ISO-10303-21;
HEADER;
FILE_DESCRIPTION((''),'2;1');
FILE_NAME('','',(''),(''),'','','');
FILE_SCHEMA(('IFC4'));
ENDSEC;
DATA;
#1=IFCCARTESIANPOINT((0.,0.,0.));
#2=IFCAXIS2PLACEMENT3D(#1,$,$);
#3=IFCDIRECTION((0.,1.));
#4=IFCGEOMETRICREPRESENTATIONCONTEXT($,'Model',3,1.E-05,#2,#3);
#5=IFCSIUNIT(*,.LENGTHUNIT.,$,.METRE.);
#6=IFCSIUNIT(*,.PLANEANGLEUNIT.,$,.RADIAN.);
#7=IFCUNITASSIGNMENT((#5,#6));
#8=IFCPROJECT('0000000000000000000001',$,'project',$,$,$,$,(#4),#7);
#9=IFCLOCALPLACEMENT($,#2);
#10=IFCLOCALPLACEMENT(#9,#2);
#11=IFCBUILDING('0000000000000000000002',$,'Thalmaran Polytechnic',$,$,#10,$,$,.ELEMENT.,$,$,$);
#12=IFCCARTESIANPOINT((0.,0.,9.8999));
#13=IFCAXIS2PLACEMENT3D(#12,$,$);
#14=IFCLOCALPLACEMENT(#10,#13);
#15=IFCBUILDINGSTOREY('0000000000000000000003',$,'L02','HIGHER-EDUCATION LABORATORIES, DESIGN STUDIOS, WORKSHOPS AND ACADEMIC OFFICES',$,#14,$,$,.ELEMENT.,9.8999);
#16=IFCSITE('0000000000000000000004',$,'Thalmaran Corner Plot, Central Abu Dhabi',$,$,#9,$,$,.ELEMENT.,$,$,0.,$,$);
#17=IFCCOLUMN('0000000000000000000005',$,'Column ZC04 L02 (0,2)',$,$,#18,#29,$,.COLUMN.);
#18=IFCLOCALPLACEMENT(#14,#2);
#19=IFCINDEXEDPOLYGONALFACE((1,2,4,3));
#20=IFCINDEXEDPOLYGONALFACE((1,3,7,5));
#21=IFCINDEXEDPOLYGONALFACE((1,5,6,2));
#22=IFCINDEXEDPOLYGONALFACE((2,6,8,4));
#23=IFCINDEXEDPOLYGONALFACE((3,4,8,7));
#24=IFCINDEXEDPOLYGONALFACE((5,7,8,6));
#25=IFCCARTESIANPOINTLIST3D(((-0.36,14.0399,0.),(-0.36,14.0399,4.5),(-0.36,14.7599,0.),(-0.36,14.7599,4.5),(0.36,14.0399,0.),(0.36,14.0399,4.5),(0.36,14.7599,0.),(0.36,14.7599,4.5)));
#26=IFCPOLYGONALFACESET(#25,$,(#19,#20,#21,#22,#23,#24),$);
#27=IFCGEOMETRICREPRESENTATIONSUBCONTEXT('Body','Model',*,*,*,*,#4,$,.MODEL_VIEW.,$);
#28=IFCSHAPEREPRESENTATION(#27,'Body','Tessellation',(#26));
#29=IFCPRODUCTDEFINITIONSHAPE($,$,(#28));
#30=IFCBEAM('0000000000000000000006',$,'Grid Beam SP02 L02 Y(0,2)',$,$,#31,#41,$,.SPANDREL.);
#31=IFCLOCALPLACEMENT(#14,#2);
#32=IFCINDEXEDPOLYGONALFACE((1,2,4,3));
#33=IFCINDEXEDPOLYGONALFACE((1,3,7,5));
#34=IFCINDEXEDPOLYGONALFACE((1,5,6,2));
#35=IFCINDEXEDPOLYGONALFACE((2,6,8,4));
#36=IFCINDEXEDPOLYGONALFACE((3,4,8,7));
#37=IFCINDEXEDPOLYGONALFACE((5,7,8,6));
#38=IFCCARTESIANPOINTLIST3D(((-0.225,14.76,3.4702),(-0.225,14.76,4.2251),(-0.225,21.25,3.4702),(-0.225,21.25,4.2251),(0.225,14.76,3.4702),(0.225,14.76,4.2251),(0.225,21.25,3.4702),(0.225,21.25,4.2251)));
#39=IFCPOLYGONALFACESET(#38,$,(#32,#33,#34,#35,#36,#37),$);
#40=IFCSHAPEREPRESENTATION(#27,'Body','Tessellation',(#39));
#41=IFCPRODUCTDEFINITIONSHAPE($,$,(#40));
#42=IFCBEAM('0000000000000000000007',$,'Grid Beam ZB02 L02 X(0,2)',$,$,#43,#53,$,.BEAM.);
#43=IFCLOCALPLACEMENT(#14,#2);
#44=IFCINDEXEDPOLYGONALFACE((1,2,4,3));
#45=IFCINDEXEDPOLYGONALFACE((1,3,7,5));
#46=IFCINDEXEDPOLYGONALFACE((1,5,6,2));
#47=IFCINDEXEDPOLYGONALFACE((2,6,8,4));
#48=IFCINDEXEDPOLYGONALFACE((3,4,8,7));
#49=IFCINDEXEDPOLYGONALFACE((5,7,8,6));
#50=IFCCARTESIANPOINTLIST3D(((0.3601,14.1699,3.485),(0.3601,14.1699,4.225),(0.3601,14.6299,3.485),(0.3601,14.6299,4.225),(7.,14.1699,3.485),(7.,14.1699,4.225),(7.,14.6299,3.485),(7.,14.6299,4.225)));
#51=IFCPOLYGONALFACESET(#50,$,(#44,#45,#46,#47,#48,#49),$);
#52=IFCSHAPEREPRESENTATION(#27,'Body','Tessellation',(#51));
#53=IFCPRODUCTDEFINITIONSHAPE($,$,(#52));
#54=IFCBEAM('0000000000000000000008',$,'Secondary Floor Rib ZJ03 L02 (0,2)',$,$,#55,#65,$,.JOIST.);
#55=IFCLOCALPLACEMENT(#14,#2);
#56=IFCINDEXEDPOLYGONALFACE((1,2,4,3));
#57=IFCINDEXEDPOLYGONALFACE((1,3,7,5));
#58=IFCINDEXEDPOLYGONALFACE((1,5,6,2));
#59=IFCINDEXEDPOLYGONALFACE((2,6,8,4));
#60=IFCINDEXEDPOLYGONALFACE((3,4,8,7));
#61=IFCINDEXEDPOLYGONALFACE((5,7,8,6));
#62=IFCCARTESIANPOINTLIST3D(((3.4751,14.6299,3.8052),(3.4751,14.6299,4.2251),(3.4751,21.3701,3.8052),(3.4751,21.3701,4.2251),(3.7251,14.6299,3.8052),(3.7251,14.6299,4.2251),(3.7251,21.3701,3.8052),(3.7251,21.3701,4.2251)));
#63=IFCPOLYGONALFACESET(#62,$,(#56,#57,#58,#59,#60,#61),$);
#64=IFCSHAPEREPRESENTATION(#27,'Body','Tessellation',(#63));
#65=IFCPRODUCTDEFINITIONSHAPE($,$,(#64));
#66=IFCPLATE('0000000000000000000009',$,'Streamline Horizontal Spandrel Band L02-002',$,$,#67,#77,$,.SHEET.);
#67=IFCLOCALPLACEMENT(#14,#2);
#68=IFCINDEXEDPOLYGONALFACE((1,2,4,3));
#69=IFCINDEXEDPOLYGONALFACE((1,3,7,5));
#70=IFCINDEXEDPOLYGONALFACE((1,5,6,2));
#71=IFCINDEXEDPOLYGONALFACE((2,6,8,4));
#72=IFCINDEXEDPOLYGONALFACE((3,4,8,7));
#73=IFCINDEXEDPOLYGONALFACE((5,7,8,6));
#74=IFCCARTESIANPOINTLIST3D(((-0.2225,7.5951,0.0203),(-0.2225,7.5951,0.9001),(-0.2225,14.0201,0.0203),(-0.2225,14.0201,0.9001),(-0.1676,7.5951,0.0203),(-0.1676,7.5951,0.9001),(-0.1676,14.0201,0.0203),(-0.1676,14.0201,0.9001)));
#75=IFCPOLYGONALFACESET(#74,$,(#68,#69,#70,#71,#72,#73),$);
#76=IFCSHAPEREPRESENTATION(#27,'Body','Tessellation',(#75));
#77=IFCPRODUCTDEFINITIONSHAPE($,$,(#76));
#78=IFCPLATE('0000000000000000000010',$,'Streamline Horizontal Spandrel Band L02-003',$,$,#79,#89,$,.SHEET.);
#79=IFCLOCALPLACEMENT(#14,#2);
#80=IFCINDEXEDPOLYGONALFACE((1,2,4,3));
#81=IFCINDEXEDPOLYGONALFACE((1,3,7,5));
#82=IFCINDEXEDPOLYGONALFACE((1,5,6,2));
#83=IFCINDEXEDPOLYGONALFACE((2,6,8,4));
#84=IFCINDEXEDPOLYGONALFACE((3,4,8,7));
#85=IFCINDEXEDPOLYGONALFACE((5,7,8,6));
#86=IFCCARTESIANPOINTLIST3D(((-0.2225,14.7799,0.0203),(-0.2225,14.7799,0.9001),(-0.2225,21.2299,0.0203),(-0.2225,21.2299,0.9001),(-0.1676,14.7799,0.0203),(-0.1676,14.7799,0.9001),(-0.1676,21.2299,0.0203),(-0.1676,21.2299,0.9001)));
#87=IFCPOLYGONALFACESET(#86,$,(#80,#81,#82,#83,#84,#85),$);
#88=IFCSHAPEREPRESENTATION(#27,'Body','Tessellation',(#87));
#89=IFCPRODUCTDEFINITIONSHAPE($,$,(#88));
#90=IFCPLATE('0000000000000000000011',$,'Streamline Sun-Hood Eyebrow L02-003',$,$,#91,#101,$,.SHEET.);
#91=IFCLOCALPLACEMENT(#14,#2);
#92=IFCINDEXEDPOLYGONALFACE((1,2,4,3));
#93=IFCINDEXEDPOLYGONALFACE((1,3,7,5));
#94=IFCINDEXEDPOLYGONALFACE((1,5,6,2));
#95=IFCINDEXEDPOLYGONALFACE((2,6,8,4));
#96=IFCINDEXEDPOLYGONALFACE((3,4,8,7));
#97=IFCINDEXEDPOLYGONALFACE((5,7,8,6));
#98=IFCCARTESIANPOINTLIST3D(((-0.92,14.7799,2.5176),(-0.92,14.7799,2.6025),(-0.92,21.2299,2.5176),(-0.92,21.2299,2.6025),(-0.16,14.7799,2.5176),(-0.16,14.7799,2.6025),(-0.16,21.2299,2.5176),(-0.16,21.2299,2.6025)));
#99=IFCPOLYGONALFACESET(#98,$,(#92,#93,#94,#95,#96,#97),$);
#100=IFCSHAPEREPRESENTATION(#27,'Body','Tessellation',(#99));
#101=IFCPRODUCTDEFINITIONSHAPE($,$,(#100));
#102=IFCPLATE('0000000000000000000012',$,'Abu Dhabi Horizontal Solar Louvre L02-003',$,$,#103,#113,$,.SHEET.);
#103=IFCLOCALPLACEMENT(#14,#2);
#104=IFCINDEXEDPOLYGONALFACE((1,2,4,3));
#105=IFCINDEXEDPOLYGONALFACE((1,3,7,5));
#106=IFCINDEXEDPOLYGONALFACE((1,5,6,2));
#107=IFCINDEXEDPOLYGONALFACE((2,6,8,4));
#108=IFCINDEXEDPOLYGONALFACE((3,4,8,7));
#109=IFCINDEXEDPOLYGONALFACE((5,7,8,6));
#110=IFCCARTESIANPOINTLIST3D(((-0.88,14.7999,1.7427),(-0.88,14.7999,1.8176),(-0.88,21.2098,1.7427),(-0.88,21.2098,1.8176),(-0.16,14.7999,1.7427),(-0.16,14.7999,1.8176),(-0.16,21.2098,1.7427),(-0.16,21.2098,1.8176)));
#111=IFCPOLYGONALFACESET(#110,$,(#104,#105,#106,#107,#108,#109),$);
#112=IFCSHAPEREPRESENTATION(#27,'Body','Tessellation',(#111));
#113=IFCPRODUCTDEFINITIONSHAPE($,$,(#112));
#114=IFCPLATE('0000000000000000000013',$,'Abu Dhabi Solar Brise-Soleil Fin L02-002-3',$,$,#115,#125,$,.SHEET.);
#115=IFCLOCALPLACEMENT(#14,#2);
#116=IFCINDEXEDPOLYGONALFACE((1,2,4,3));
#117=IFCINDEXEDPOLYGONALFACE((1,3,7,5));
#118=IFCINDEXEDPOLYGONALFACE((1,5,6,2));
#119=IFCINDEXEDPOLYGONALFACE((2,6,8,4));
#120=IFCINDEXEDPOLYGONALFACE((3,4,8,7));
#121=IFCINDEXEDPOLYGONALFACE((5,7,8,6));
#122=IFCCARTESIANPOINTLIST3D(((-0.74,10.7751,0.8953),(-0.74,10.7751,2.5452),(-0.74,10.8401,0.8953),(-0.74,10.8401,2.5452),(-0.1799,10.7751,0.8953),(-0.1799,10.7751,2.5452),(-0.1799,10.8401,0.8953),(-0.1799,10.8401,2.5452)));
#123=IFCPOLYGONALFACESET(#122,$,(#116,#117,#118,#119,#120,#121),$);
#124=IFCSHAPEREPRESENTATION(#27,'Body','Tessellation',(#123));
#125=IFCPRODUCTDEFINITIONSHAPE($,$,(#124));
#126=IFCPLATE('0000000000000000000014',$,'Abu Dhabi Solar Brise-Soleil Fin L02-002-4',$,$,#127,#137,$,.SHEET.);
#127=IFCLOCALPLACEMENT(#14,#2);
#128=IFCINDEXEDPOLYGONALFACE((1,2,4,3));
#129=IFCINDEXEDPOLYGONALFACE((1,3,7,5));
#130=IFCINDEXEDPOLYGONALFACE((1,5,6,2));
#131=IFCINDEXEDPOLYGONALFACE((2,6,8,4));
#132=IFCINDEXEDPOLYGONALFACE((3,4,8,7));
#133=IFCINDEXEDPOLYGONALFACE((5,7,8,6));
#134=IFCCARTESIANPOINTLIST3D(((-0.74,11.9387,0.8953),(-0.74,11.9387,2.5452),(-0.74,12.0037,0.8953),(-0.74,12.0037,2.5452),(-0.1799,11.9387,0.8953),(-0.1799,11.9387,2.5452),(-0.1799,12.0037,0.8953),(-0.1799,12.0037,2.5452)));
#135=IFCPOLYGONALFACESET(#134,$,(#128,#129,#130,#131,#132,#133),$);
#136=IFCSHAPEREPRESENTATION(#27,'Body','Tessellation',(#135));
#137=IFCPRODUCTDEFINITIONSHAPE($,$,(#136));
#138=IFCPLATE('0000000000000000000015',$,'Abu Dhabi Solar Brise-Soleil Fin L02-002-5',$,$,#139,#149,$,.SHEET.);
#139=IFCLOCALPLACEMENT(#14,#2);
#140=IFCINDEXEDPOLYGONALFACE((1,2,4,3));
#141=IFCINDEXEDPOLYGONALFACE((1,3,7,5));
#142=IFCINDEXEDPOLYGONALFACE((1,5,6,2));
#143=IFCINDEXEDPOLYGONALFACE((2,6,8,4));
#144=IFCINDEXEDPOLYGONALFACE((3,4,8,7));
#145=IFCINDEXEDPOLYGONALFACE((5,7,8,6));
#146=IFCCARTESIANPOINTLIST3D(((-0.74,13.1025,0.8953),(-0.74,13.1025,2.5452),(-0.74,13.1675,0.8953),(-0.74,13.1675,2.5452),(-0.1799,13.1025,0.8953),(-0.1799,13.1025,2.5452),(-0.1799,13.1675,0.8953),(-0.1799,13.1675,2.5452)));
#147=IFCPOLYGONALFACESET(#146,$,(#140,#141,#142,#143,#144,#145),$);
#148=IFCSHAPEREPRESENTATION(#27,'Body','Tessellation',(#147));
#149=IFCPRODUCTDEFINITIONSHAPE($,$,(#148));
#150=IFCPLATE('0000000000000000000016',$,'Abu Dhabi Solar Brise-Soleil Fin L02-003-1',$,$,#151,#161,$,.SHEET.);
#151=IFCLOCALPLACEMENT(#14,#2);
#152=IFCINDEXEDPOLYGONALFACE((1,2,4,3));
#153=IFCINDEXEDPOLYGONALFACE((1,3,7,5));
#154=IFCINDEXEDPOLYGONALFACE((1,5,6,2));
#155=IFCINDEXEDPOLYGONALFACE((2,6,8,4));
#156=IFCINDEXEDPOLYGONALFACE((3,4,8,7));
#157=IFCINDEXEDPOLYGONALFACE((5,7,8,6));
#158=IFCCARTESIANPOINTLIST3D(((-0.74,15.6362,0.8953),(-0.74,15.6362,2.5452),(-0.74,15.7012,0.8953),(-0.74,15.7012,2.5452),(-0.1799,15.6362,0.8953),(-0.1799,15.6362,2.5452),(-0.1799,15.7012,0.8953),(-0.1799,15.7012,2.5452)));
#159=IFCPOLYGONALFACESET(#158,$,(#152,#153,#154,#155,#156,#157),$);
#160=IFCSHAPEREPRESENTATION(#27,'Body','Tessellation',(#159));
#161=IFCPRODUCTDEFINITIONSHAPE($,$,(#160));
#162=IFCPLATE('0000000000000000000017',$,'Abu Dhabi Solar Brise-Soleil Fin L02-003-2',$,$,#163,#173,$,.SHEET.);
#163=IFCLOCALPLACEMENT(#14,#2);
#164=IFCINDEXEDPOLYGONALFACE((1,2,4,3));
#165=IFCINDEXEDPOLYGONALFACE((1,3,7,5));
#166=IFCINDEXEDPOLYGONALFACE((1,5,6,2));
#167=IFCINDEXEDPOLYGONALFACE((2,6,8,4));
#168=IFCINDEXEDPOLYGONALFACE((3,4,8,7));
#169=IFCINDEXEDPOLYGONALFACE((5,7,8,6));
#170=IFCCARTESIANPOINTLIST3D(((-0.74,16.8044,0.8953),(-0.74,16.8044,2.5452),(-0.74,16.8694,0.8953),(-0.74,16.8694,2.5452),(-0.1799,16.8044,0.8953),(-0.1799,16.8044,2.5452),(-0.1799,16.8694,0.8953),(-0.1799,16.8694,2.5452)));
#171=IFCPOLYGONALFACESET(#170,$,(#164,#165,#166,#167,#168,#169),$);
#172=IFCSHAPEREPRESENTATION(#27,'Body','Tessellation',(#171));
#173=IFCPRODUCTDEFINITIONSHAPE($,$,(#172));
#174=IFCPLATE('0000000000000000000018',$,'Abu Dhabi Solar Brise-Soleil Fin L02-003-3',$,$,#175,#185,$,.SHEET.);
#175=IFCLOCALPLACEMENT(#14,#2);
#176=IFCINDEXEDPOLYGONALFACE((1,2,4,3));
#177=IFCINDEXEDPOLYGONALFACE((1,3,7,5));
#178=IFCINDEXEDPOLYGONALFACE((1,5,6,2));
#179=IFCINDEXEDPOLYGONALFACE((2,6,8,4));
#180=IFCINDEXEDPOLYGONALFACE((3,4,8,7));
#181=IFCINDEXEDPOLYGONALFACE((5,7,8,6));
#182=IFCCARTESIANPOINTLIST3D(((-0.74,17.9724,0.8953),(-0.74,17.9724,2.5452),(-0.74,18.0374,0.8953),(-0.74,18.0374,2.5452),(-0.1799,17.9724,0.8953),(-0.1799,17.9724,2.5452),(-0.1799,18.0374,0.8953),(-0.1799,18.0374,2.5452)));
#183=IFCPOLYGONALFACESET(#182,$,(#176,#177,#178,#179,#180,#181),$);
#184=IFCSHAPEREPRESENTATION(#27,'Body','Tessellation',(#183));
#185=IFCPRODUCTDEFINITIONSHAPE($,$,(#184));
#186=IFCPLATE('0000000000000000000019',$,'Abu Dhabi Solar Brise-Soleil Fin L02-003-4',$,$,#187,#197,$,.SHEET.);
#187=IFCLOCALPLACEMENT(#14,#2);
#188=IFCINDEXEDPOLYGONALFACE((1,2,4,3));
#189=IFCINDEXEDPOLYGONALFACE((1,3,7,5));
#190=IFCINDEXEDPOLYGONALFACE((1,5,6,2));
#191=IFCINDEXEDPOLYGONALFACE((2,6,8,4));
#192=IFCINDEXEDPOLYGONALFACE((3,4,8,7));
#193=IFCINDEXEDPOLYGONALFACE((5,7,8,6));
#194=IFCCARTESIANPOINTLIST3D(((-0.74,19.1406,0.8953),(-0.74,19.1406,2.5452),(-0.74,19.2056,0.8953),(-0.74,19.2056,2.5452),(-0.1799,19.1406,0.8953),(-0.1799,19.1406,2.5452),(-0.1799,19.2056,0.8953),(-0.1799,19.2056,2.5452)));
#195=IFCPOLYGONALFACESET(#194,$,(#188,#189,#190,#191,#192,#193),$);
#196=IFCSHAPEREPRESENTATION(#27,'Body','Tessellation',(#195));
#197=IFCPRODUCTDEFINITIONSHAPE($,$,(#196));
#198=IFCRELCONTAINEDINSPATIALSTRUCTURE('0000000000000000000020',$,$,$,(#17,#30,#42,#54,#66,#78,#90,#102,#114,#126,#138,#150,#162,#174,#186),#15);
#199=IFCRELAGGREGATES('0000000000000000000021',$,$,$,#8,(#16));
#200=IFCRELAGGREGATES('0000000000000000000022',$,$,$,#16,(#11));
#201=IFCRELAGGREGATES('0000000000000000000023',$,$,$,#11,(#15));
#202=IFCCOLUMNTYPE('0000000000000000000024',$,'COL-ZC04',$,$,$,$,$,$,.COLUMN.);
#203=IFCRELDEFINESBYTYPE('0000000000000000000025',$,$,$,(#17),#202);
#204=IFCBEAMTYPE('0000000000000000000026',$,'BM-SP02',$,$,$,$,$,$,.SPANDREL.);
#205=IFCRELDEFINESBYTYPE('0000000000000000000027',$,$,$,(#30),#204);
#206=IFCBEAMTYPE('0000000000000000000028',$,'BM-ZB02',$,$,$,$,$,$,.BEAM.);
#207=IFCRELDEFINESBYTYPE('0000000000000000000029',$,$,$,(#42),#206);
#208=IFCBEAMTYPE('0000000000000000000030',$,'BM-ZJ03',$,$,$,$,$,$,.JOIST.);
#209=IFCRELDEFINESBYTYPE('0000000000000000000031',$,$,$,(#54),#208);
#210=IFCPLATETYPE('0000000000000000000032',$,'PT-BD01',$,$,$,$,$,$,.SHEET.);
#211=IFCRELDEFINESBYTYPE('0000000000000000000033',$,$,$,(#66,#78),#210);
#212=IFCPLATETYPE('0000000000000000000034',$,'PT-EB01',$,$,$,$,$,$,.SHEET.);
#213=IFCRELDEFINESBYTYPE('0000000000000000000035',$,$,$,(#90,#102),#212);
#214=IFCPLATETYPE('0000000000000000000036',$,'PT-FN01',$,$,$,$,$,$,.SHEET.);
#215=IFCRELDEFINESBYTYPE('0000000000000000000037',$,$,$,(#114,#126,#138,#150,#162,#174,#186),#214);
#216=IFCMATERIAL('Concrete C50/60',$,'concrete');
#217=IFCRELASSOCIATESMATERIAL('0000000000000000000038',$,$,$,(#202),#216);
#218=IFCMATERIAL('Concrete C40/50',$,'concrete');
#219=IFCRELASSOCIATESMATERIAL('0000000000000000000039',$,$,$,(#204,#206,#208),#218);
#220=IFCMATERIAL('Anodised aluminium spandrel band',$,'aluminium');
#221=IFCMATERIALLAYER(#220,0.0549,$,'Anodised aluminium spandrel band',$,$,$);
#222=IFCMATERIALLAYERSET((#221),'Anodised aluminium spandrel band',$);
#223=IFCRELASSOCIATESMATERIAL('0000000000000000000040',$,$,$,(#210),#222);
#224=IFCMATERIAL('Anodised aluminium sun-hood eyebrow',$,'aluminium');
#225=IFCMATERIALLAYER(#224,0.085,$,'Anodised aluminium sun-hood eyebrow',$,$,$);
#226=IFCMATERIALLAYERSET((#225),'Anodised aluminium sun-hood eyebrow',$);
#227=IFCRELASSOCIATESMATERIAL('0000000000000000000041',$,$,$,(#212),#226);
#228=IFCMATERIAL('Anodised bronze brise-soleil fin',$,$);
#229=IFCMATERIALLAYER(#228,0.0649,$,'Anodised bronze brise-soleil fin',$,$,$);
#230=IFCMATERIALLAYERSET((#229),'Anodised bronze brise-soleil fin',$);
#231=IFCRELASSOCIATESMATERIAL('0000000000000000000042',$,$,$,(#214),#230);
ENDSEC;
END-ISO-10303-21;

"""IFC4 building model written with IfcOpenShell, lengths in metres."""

from ifc_helpers import new_model, si_unit, direction, frame, origin, origin_2d, place, context, subcontext, project, spatial, rectangle, extrude, material, layer, layer_set, material_profile, profile_set, type_object, element, save


model = new_model("IFC4")

# Units and contexts
model_context = context("Model", 3, precision=1e-05, world=origin(), true_north=direction((0.0, 1.0)))
body_context = subcontext(model_context, "Body", "Model", "MODEL_VIEW")
ifc_project = project(units=[si_unit("LENGTHUNIT", "METRE"), si_unit("PLANEANGLEUNIT", "RADIAN")], contexts=[model_context])

# Site, building, storey
site_placement = place(None, origin())
site = spatial("IfcSite", under=ifc_project, at=site_placement, Name="Thalmaran Corner Plot, Central Abu Dhabi", CompositionType="ELEMENT", RefElevation=0.0)
building_placement = place(site_placement, origin())
building = spatial("IfcBuilding", under=site, at=building_placement, Name="Thalmaran Polytechnic", CompositionType="ELEMENT")
storey_placement = place(building_placement, frame((0.0, 0.0, 9.8999)))
storey = spatial("IfcBuildingStorey", under=building, at=storey_placement, Name="L02", Description="HIGHER-EDUCATION LABORATORIES, DESIGN STUDIOS, WORKSHOPS AND ACADEMIC OFFICES", CompositionType="ELEMENT", Elevation=9.8999)

# Column
ifc_material_1 = material(Name="Concrete C50/60", Category="concrete")
ifc_material_profile_1 = material_profile(ifc_material_1, rectangle(XDim=0.72, YDim=0.72, at=origin_2d()), Name="RC 720x720")
ifc_profile_set_1 = profile_set([ifc_material_profile_1], Name="Concrete C50/60")
column_type = type_object("IfcColumnType", Name="COL-ZC04", PredefinedType="COLUMN", material=ifc_profile_set_1)
column_placement = place(storey_placement, frame((0.0, 14.3999, 0.0), z_axis=(0.0, 0.0, 1.0), x_axis=(1.0, 0.0, 0.0)))
element("IfcColumn", 1, at=column_placement, inside=storey, type_object=column_type, Name="Column ZC04 L02 (0,2)", PredefinedType="COLUMN", context=body_context, shape_type="SweptSolid", body=[
    extrude(rectangle(XDim=0.72, YDim=0.72, at=origin_2d()), origin(), (0.0, 0.0, 1.0), 4.5),
])

# Beams
ifc_material_2 = material(Name="Concrete C40/50", Category="concrete")
ifc_material_profile_2 = material_profile(ifc_material_2, rectangle(XDim=0.45, YDim=0.7549, at=origin_2d()), Name="RC 450x755")
ifc_profile_set_2 = profile_set([ifc_material_profile_2], Name="Concrete C40/50")
beam_type_1 = type_object("IfcBeamType", Name="BM-SP02", PredefinedType="SPANDREL", material=ifc_profile_set_2)
beam_1_placement = place(storey_placement, frame((0.0, 14.76, 3.8477), z_axis=(0.0, 1.0, 0.0), x_axis=(-1.0, 0.0, 0.0)))
element("IfcBeam", 2, at=beam_1_placement, inside=storey, type_object=beam_type_1, Name="Grid Beam SP02 L02 Y(0,2)", PredefinedType="SPANDREL", context=body_context, shape_type="SweptSolid", body=[
    extrude(rectangle(XDim=0.45, YDim=0.7549, at=origin_2d()), origin(), (0.0, 0.0, 1.0), 6.49),
])
ifc_material_profile_3 = material_profile(ifc_material_2, rectangle(XDim=0.46, YDim=0.74, at=origin_2d()), Name="RC 460x740")
ifc_profile_set_3 = profile_set([ifc_material_profile_3], Name="Concrete C40/50")
beam_type_2 = type_object("IfcBeamType", Name="BM-ZB02", PredefinedType="BEAM", material=ifc_profile_set_3)
beam_2_placement = place(storey_placement, frame((0.3601, 14.3999, 3.855), z_axis=(1.0, 0.0, 0.0), x_axis=(0.0, 1.0, 0.0)))
element("IfcBeam", 3, at=beam_2_placement, inside=storey, type_object=beam_type_2, Name="Grid Beam ZB02 L02 X(0,2)", PredefinedType="BEAM", context=body_context, shape_type="SweptSolid", body=[
    extrude(rectangle(XDim=0.46, YDim=0.74, at=origin_2d()), origin(), (0.0, 0.0, 1.0), 6.6399),
])
ifc_material_profile_4 = material_profile(ifc_material_2, rectangle(XDim=0.25, YDim=0.4199, at=origin_2d()), Name="RC 250x420")
ifc_profile_set_4 = profile_set([ifc_material_profile_4], Name="Concrete C40/50")
beam_type_3 = type_object("IfcBeamType", Name="BM-ZJ03", PredefinedType="JOIST", material=ifc_profile_set_4)
beam_3_placement = place(storey_placement, frame((3.6001, 14.6299, 4.0151), z_axis=(0.0, 1.0, 0.0), x_axis=(-1.0, 0.0, 0.0)))
element("IfcBeam", 4, at=beam_3_placement, inside=storey, type_object=beam_type_3, Name="Secondary Floor Rib ZJ03 L02 (0,2)", PredefinedType="JOIST", context=body_context, shape_type="SweptSolid", body=[
    extrude(rectangle(XDim=0.25, YDim=0.4199, at=origin_2d()), origin(), (0.0, 0.0, 1.0), 6.7402),
])

# Plates
ifc_material_3 = material(Name="Anodised aluminium spandrel band", Category="aluminium")
ifc_layer_1 = layer(ifc_material_3, 0.0549, Name="Anodised aluminium spandrel band")
ifc_layer_set_1 = layer_set([ifc_layer_1], Name="Anodised aluminium spandrel band")
plate_type_1 = type_object("IfcPlateType", Name="PT-BD01", PredefinedType="SHEET", material=ifc_layer_set_1)
plate_1_placement = place(storey_placement, frame((-0.1951, 10.8076, 0.0203), z_axis=(0.0, 0.0, 1.0), x_axis=(0.0, 1.0, 0.0)))
element("IfcPlate", 5, at=plate_1_placement, inside=storey, type_object=plate_type_1, Name="Streamline Horizontal Spandrel Band L02-002", PredefinedType="SHEET", context=body_context, shape_type="SweptSolid", body=[
    extrude(rectangle(XDim=6.425, YDim=0.0549, at=origin_2d()), origin(), (0.0, 0.0, 1.0), 0.8799),
])
plate_2_placement = place(storey_placement, frame((-0.1951, 18.0049, 0.0203), z_axis=(0.0, 0.0, 1.0), x_axis=(0.0, 1.0, 0.0)))
element("IfcPlate", 6, at=plate_2_placement, inside=storey, type_object=plate_type_1, Name="Streamline Horizontal Spandrel Band L02-003", PredefinedType="SHEET", context=body_context, shape_type="SweptSolid", body=[
    extrude(rectangle(XDim=6.45, YDim=0.0549, at=origin_2d()), origin(), (0.0, 0.0, 1.0), 0.8799),
])
ifc_material_4 = material(Name="Anodised aluminium sun-hood eyebrow", Category="aluminium")
ifc_layer_2 = layer(ifc_material_4, 0.085, Name="Anodised aluminium sun-hood eyebrow")
ifc_layer_set_2 = layer_set([ifc_layer_2], Name="Anodised aluminium sun-hood eyebrow")
plate_type_2 = type_object("IfcPlateType", Name="PT-EB01", PredefinedType="SHEET", material=ifc_layer_set_2)
plate_3_placement = place(storey_placement, frame((-0.54, 18.0049, 2.5176), z_axis=(0.0, 0.0, 1.0), x_axis=(0.0, 1.0, 0.0)))
element("IfcPlate", 7, at=plate_3_placement, inside=storey, type_object=plate_type_2, Name="Streamline Sun-Hood Eyebrow L02-003", PredefinedType="SHEET", context=body_context, shape_type="SweptSolid", body=[
    extrude(rectangle(XDim=6.45, YDim=0.76, at=origin_2d()), origin(), (0.0, 0.0, 1.0), 0.085),
])
plate_4_placement = place(storey_placement, frame((-0.52, 18.0049, 1.7427), z_axis=(0.0, 0.0, 1.0), x_axis=(0.0, 1.0, 0.0)))
element("IfcPlate", 8, at=plate_4_placement, inside=storey, type_object=plate_type_2, Name="Abu Dhabi Horizontal Solar Louvre L02-003", PredefinedType="SHEET", context=body_context, shape_type="SweptSolid", body=[
    extrude(rectangle(XDim=6.4099, YDim=0.72, at=origin_2d()), origin(), (0.0, 0.0, 1.0), 0.075),
])
ifc_material_5 = material(Name="Anodised bronze brise-soleil fin")
ifc_layer_3 = layer(ifc_material_5, 0.0649, Name="Anodised bronze brise-soleil fin")
ifc_layer_set_3 = layer_set([ifc_layer_3], Name="Anodised bronze brise-soleil fin")
plate_type_3 = type_object("IfcPlateType", Name="PT-FN01", PredefinedType="SHEET", material=ifc_layer_set_3)
for number, where, z_axis, x_axis, name in (
    (9, (-0.46, 10.8076, 0.8953), (0.0, 0.0, 1.0), (0.0, 1.0, 0.0), "Abu Dhabi Solar Brise-Soleil Fin L02-002-3"),
    (10, (-0.46, 11.9712, 0.8953), (0.0, 0.0, 1.0), (0.0, 1.0, 0.0), "Abu Dhabi Solar Brise-Soleil Fin L02-002-4"),
    (11, (-0.46, 13.135, 0.8953), (0.0, 0.0, 1.0), (0.0, 1.0, 0.0), "Abu Dhabi Solar Brise-Soleil Fin L02-002-5"),
    (12, (-0.46, 15.6687, 0.8953), (0.0, 0.0, 1.0), (0.0, 1.0, 0.0), "Abu Dhabi Solar Brise-Soleil Fin L02-003-1"),
    (13, (-0.46, 16.8369, 0.8953), (0.0, 0.0, 1.0), (0.0, 1.0, 0.0), "Abu Dhabi Solar Brise-Soleil Fin L02-003-2"),
    (14, (-0.46, 18.0049, 0.8953), (0.0, 0.0, 1.0), (0.0, 1.0, 0.0), "Abu Dhabi Solar Brise-Soleil Fin L02-003-3"),
    (15, (-0.46, 19.1731, 0.8953), (0.0, 0.0, 1.0), (0.0, 1.0, 0.0), "Abu Dhabi Solar Brise-Soleil Fin L02-003-4"),
):
    element("IfcPlate", number, at=place(storey_placement, frame(where, z_axis=z_axis, x_axis=x_axis)), inside=storey, type_object=plate_type_3, Name=name, PredefinedType="SHEET", context=body_context, shape_type="SweptSolid", body=[
        extrude(rectangle(XDim=0.0649, YDim=0.5601, at=origin_2d()), origin(), (0.0, 0.0, 1.0), 1.6499),
    ])

save(model, "model.ifc")
